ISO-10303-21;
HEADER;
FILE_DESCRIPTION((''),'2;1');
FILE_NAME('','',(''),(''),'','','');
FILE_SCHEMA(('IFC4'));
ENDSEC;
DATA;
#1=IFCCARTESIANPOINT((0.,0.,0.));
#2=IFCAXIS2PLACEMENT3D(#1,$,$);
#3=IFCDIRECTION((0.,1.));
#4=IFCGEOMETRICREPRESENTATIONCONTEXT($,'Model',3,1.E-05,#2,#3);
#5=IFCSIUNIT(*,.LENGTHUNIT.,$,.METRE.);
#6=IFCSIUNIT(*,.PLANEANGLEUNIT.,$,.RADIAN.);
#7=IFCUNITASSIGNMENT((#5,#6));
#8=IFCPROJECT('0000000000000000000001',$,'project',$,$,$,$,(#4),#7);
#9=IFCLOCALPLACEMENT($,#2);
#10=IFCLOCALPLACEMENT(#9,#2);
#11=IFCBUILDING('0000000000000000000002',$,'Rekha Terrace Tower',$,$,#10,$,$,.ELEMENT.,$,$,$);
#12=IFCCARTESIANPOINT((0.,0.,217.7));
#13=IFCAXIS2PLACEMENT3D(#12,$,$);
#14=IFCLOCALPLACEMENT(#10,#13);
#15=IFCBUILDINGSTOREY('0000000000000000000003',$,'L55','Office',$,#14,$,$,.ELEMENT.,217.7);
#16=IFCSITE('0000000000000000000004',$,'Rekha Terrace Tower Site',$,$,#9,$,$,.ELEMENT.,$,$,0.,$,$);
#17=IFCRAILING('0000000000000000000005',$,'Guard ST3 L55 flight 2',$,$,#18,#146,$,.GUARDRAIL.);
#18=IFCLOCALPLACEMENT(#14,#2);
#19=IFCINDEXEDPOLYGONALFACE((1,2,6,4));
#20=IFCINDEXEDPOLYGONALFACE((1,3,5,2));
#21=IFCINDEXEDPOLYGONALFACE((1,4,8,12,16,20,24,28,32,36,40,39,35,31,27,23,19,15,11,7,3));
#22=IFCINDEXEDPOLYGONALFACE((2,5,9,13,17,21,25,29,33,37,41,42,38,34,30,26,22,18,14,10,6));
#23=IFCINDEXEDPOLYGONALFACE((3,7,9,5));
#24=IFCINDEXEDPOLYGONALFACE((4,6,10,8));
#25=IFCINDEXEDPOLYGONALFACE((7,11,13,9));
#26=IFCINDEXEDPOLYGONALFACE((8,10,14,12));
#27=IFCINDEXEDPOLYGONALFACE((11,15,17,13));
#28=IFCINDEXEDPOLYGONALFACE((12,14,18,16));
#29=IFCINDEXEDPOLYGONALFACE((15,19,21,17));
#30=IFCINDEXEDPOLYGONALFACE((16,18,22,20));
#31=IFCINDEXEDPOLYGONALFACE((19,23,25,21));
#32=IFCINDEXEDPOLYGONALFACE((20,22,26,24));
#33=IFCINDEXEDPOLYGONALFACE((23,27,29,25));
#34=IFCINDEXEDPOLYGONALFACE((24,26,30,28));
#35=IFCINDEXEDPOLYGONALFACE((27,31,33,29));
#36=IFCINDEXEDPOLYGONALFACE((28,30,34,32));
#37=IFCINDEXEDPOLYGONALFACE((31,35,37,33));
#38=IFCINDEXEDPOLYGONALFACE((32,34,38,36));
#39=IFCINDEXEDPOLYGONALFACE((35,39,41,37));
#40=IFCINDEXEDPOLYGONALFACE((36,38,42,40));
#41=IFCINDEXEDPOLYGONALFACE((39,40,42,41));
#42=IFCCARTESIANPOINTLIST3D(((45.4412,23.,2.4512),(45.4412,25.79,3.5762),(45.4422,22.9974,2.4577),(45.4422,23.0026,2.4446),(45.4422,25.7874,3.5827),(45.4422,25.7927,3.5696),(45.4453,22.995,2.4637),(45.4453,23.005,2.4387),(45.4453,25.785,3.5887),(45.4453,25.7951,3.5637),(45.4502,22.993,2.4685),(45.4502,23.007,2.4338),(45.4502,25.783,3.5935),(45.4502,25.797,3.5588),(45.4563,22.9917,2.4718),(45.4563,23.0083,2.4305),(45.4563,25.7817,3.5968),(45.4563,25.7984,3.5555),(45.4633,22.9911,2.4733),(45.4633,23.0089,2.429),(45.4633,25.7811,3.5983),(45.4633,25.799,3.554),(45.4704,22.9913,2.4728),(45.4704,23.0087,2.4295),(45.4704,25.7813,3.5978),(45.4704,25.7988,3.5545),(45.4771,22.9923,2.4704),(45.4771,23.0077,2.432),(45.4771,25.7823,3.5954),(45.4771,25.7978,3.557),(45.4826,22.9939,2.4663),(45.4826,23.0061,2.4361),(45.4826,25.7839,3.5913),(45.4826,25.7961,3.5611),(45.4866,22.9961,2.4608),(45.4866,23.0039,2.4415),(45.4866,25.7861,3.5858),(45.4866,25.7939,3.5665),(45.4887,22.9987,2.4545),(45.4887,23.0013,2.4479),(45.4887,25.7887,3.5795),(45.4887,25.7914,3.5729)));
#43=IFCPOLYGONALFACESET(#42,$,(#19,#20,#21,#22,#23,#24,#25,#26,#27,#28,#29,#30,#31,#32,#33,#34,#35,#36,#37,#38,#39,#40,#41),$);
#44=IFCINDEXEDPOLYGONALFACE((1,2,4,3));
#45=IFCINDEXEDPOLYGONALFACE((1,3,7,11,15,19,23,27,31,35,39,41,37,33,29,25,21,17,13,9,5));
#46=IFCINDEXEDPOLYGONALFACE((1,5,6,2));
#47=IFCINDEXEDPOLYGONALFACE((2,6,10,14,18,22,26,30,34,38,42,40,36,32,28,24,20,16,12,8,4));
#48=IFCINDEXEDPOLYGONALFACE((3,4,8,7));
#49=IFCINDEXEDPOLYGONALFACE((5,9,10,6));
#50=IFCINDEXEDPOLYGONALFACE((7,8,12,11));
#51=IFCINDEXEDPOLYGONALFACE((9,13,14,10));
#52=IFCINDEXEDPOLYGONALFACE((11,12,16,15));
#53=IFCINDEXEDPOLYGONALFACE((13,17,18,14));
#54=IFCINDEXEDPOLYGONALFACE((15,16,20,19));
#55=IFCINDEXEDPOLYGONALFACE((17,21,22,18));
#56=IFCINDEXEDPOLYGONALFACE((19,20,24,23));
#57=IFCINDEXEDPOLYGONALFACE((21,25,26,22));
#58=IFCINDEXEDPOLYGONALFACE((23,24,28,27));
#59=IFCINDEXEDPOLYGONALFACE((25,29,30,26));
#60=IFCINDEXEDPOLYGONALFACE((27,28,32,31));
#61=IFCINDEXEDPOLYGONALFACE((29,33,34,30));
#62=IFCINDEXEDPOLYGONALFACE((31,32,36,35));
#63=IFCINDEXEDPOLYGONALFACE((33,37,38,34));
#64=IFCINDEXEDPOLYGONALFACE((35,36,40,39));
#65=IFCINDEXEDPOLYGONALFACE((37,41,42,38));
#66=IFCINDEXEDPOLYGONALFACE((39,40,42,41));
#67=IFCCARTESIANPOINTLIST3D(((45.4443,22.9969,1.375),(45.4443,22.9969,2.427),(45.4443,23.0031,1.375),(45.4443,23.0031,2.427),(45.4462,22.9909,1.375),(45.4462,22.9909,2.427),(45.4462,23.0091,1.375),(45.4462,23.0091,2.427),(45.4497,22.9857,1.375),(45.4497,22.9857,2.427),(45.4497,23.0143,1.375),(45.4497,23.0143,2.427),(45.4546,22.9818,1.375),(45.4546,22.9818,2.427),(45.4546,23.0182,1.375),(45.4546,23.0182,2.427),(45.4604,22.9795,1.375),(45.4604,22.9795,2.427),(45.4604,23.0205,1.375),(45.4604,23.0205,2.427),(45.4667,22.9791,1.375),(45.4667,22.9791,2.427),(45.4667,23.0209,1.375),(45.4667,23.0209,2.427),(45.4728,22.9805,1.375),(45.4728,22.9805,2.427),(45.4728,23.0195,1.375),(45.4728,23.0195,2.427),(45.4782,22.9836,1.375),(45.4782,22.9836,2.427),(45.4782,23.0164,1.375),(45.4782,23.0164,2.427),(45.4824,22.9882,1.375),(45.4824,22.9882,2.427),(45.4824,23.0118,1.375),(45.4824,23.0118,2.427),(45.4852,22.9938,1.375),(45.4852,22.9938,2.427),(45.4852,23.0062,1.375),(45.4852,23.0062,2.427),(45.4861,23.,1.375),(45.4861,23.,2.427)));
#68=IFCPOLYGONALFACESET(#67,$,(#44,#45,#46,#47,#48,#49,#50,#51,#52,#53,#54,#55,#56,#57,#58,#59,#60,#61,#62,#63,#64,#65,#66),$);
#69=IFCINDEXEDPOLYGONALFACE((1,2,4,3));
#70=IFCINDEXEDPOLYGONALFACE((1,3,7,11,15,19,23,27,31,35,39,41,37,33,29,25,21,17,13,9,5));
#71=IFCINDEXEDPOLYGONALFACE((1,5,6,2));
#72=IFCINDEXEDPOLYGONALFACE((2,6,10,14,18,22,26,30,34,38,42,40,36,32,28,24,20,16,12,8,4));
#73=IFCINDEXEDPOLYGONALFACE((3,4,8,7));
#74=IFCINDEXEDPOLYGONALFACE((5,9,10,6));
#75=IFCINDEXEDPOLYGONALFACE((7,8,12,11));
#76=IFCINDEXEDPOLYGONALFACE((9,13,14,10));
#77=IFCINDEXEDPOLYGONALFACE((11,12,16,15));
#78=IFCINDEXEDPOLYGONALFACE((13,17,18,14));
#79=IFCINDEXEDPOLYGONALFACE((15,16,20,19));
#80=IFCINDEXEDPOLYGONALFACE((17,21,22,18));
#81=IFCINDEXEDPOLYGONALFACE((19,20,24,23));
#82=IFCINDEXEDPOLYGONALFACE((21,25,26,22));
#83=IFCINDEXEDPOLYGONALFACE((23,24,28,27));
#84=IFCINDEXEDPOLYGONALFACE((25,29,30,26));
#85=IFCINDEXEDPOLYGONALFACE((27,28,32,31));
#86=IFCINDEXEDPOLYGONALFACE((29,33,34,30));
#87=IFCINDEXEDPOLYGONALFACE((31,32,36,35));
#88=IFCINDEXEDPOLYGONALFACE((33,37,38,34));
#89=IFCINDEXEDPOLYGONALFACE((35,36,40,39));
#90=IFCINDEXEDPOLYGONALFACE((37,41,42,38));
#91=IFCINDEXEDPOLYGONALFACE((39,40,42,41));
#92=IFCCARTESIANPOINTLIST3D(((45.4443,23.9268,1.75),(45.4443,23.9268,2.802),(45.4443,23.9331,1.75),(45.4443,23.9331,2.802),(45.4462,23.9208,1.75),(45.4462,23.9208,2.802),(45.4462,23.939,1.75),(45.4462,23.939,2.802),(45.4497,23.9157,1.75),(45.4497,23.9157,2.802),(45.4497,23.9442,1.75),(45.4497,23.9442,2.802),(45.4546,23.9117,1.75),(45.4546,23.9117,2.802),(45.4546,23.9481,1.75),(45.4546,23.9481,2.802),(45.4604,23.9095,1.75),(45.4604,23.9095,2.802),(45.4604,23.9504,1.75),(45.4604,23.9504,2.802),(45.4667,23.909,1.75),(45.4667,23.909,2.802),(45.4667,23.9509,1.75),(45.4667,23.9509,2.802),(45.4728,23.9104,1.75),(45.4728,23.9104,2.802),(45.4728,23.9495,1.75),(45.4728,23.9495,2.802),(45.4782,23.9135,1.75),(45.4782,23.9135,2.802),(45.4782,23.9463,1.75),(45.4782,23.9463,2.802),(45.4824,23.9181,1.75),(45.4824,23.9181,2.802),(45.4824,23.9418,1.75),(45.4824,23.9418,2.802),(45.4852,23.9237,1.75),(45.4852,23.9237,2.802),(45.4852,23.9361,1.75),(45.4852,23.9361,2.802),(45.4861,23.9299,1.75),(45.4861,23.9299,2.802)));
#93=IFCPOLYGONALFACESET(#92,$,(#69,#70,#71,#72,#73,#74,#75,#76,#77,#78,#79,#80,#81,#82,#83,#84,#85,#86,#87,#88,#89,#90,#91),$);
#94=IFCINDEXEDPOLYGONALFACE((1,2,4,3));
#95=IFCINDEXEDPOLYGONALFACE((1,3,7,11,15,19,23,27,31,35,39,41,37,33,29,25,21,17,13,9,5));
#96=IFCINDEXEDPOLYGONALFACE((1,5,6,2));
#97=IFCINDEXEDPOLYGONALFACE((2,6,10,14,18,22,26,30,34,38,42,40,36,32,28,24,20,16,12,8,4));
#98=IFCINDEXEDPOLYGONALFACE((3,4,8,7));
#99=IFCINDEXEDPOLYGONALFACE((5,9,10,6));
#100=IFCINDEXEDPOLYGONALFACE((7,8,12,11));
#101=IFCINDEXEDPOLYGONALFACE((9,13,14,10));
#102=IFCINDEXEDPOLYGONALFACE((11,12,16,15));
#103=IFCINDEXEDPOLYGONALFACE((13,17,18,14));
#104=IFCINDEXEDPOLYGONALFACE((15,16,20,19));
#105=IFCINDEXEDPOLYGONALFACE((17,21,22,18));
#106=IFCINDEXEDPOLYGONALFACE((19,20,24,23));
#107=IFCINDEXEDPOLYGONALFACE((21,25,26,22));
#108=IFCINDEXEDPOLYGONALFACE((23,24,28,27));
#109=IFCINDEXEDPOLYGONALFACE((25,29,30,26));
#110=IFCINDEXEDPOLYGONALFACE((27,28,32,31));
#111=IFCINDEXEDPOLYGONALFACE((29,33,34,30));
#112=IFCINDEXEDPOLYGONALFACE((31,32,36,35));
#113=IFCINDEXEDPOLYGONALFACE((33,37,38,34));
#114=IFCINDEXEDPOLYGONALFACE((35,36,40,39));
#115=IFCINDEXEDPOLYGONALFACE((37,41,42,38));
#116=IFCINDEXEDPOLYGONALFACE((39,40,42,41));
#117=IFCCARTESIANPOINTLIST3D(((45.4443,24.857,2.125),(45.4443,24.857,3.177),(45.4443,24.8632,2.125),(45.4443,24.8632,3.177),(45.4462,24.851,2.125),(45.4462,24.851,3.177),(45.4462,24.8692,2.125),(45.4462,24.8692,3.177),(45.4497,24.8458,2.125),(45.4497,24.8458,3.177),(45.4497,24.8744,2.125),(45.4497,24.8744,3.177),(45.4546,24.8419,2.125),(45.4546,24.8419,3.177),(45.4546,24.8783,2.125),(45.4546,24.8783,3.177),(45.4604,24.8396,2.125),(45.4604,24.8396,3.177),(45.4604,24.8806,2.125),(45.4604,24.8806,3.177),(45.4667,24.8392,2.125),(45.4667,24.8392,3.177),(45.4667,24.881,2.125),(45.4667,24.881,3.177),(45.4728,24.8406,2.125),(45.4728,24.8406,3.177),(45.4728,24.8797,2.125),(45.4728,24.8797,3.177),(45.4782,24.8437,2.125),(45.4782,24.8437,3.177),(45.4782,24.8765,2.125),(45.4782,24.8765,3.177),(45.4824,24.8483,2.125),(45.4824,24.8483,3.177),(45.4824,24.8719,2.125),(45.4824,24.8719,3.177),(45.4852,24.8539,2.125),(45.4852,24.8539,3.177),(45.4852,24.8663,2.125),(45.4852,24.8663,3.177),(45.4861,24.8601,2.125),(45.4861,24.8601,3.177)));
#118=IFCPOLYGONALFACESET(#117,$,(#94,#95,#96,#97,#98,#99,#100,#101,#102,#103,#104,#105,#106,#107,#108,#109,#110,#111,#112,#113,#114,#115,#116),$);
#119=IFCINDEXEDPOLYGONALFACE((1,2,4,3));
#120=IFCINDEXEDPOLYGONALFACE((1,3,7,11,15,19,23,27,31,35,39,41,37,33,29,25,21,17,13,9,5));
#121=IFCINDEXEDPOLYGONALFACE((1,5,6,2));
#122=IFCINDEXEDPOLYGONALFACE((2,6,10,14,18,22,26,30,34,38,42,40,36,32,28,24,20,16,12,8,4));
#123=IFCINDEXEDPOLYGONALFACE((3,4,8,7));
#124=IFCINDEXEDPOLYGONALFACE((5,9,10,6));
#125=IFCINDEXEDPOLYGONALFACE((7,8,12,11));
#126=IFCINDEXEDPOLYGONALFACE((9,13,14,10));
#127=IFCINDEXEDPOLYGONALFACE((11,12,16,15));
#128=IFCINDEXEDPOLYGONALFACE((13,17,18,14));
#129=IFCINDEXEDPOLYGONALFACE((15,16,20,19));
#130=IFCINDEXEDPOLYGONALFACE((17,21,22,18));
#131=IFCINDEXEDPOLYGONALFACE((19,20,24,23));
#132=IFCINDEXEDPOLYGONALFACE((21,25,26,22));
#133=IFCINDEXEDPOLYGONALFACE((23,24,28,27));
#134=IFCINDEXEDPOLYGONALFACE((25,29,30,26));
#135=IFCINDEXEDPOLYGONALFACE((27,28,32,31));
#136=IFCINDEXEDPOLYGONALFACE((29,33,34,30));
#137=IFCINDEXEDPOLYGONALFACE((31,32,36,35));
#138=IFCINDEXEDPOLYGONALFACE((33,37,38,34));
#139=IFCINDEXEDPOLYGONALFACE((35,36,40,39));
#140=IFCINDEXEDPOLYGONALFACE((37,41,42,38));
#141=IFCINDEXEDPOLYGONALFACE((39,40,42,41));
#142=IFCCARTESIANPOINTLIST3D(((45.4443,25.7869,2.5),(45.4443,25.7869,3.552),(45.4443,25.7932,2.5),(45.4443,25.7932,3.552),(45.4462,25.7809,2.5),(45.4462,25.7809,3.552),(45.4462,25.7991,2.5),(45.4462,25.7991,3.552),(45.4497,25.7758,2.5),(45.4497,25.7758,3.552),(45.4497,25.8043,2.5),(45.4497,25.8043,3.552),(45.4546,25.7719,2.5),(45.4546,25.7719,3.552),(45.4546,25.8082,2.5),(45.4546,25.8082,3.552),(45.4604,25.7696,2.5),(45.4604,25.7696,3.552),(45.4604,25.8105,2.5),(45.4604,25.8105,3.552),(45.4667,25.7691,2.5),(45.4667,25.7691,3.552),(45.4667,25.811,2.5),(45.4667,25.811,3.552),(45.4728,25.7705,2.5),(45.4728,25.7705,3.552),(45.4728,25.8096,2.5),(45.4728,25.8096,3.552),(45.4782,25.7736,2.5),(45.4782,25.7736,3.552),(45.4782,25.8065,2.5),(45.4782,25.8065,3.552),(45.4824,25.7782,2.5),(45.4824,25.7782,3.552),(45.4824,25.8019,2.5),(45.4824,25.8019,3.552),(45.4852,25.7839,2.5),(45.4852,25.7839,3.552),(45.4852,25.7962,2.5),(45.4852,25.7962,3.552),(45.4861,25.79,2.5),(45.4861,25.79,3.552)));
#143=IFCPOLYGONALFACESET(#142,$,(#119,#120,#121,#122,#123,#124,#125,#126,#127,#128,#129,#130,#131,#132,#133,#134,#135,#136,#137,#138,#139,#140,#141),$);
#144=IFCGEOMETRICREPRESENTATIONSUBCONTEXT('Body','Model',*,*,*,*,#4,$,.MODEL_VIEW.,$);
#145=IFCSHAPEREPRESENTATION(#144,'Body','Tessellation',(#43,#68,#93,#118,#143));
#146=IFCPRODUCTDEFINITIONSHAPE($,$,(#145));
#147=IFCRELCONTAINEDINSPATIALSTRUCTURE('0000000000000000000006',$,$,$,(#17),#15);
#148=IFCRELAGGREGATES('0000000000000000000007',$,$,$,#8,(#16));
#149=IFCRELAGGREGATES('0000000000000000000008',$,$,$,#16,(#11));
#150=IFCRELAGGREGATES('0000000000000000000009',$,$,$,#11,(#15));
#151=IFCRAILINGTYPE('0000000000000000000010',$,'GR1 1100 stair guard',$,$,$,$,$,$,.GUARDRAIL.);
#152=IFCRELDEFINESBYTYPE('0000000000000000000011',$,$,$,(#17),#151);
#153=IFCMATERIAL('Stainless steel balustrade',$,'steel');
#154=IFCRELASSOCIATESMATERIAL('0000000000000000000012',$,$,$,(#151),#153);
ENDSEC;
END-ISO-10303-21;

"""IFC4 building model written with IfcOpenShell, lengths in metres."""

from ifc_helpers import new_model, si_unit, direction, frame, origin, origin_2d, place, context, subcontext, project, spatial, circle, extrude, material, type_object, element, save


model = new_model("IFC4")

# Units and contexts
model_context = context("Model", 3, precision=1e-05, world=origin(), true_north=direction((0.0, 1.0)))
body_context = subcontext(model_context, "Body", "Model", "MODEL_VIEW")
ifc_project = project(units=[si_unit("LENGTHUNIT", "METRE"), si_unit("PLANEANGLEUNIT", "RADIAN")], contexts=[model_context])

# Site, building, storey
site_placement = place(None, origin())
site = spatial("IfcSite", under=ifc_project, at=site_placement, Name="Rekha Terrace Tower Site", CompositionType="ELEMENT", RefElevation=0.0)
building_placement = place(site_placement, origin())
building = spatial("IfcBuilding", under=site, at=building_placement, Name="Rekha Terrace Tower", CompositionType="ELEMENT")
storey_placement = place(building_placement, frame((0.0, 0.0, 217.7)))
storey = spatial("IfcBuildingStorey", under=building, at=storey_placement, Name="L55", Description="Office", CompositionType="ELEMENT", Elevation=217.7)

# Railing
ifc_material_1 = material(Name="Stainless steel balustrade", Category="steel")
railing_type_1 = type_object("IfcRailingType", Name="GR1 1100 stair guard", PredefinedType="GUARDRAIL", material=ifc_material_1)
railing_1_placement = place(storey_placement, frame((45.4651, 23.0, 1.375)))
element("IfcRailing", 1, at=railing_1_placement, inside=storey, type_object=railing_type_1, Name="Guard ST3 L55 flight 2", PredefinedType="GUARDRAIL", context=body_context, shape_type="SweptSolid", body=[
    extrude(circle(Radius=0.0239, at=origin_2d()), frame((0.0, 0.0, 1.0762), z_axis=(0.0, 0.927443, 0.373964), x_axis=(-1.0, 0.0, 0.0)), (0.0, 0.0, 1.0), 3.0083),
    extrude(circle(Radius=0.021, at=origin_2d()), origin(), (0.0, 0.0, 1.0), 1.052),
    extrude(circle(Radius=0.021, at=origin_2d()), frame((0.0, 0.9299, 0.375)), (0.0, 0.0, 1.0), 1.052),
    extrude(circle(Radius=0.021, at=origin_2d()), frame((0.0, 1.8601, 0.75)), (0.0, 0.0, 1.0), 1.052),
    extrude(circle(Radius=0.021, at=origin_2d()), frame((0.0, 2.79, 1.125)), (0.0, 0.0, 1.0), 1.052),
])

save(model, "model.ifc")
